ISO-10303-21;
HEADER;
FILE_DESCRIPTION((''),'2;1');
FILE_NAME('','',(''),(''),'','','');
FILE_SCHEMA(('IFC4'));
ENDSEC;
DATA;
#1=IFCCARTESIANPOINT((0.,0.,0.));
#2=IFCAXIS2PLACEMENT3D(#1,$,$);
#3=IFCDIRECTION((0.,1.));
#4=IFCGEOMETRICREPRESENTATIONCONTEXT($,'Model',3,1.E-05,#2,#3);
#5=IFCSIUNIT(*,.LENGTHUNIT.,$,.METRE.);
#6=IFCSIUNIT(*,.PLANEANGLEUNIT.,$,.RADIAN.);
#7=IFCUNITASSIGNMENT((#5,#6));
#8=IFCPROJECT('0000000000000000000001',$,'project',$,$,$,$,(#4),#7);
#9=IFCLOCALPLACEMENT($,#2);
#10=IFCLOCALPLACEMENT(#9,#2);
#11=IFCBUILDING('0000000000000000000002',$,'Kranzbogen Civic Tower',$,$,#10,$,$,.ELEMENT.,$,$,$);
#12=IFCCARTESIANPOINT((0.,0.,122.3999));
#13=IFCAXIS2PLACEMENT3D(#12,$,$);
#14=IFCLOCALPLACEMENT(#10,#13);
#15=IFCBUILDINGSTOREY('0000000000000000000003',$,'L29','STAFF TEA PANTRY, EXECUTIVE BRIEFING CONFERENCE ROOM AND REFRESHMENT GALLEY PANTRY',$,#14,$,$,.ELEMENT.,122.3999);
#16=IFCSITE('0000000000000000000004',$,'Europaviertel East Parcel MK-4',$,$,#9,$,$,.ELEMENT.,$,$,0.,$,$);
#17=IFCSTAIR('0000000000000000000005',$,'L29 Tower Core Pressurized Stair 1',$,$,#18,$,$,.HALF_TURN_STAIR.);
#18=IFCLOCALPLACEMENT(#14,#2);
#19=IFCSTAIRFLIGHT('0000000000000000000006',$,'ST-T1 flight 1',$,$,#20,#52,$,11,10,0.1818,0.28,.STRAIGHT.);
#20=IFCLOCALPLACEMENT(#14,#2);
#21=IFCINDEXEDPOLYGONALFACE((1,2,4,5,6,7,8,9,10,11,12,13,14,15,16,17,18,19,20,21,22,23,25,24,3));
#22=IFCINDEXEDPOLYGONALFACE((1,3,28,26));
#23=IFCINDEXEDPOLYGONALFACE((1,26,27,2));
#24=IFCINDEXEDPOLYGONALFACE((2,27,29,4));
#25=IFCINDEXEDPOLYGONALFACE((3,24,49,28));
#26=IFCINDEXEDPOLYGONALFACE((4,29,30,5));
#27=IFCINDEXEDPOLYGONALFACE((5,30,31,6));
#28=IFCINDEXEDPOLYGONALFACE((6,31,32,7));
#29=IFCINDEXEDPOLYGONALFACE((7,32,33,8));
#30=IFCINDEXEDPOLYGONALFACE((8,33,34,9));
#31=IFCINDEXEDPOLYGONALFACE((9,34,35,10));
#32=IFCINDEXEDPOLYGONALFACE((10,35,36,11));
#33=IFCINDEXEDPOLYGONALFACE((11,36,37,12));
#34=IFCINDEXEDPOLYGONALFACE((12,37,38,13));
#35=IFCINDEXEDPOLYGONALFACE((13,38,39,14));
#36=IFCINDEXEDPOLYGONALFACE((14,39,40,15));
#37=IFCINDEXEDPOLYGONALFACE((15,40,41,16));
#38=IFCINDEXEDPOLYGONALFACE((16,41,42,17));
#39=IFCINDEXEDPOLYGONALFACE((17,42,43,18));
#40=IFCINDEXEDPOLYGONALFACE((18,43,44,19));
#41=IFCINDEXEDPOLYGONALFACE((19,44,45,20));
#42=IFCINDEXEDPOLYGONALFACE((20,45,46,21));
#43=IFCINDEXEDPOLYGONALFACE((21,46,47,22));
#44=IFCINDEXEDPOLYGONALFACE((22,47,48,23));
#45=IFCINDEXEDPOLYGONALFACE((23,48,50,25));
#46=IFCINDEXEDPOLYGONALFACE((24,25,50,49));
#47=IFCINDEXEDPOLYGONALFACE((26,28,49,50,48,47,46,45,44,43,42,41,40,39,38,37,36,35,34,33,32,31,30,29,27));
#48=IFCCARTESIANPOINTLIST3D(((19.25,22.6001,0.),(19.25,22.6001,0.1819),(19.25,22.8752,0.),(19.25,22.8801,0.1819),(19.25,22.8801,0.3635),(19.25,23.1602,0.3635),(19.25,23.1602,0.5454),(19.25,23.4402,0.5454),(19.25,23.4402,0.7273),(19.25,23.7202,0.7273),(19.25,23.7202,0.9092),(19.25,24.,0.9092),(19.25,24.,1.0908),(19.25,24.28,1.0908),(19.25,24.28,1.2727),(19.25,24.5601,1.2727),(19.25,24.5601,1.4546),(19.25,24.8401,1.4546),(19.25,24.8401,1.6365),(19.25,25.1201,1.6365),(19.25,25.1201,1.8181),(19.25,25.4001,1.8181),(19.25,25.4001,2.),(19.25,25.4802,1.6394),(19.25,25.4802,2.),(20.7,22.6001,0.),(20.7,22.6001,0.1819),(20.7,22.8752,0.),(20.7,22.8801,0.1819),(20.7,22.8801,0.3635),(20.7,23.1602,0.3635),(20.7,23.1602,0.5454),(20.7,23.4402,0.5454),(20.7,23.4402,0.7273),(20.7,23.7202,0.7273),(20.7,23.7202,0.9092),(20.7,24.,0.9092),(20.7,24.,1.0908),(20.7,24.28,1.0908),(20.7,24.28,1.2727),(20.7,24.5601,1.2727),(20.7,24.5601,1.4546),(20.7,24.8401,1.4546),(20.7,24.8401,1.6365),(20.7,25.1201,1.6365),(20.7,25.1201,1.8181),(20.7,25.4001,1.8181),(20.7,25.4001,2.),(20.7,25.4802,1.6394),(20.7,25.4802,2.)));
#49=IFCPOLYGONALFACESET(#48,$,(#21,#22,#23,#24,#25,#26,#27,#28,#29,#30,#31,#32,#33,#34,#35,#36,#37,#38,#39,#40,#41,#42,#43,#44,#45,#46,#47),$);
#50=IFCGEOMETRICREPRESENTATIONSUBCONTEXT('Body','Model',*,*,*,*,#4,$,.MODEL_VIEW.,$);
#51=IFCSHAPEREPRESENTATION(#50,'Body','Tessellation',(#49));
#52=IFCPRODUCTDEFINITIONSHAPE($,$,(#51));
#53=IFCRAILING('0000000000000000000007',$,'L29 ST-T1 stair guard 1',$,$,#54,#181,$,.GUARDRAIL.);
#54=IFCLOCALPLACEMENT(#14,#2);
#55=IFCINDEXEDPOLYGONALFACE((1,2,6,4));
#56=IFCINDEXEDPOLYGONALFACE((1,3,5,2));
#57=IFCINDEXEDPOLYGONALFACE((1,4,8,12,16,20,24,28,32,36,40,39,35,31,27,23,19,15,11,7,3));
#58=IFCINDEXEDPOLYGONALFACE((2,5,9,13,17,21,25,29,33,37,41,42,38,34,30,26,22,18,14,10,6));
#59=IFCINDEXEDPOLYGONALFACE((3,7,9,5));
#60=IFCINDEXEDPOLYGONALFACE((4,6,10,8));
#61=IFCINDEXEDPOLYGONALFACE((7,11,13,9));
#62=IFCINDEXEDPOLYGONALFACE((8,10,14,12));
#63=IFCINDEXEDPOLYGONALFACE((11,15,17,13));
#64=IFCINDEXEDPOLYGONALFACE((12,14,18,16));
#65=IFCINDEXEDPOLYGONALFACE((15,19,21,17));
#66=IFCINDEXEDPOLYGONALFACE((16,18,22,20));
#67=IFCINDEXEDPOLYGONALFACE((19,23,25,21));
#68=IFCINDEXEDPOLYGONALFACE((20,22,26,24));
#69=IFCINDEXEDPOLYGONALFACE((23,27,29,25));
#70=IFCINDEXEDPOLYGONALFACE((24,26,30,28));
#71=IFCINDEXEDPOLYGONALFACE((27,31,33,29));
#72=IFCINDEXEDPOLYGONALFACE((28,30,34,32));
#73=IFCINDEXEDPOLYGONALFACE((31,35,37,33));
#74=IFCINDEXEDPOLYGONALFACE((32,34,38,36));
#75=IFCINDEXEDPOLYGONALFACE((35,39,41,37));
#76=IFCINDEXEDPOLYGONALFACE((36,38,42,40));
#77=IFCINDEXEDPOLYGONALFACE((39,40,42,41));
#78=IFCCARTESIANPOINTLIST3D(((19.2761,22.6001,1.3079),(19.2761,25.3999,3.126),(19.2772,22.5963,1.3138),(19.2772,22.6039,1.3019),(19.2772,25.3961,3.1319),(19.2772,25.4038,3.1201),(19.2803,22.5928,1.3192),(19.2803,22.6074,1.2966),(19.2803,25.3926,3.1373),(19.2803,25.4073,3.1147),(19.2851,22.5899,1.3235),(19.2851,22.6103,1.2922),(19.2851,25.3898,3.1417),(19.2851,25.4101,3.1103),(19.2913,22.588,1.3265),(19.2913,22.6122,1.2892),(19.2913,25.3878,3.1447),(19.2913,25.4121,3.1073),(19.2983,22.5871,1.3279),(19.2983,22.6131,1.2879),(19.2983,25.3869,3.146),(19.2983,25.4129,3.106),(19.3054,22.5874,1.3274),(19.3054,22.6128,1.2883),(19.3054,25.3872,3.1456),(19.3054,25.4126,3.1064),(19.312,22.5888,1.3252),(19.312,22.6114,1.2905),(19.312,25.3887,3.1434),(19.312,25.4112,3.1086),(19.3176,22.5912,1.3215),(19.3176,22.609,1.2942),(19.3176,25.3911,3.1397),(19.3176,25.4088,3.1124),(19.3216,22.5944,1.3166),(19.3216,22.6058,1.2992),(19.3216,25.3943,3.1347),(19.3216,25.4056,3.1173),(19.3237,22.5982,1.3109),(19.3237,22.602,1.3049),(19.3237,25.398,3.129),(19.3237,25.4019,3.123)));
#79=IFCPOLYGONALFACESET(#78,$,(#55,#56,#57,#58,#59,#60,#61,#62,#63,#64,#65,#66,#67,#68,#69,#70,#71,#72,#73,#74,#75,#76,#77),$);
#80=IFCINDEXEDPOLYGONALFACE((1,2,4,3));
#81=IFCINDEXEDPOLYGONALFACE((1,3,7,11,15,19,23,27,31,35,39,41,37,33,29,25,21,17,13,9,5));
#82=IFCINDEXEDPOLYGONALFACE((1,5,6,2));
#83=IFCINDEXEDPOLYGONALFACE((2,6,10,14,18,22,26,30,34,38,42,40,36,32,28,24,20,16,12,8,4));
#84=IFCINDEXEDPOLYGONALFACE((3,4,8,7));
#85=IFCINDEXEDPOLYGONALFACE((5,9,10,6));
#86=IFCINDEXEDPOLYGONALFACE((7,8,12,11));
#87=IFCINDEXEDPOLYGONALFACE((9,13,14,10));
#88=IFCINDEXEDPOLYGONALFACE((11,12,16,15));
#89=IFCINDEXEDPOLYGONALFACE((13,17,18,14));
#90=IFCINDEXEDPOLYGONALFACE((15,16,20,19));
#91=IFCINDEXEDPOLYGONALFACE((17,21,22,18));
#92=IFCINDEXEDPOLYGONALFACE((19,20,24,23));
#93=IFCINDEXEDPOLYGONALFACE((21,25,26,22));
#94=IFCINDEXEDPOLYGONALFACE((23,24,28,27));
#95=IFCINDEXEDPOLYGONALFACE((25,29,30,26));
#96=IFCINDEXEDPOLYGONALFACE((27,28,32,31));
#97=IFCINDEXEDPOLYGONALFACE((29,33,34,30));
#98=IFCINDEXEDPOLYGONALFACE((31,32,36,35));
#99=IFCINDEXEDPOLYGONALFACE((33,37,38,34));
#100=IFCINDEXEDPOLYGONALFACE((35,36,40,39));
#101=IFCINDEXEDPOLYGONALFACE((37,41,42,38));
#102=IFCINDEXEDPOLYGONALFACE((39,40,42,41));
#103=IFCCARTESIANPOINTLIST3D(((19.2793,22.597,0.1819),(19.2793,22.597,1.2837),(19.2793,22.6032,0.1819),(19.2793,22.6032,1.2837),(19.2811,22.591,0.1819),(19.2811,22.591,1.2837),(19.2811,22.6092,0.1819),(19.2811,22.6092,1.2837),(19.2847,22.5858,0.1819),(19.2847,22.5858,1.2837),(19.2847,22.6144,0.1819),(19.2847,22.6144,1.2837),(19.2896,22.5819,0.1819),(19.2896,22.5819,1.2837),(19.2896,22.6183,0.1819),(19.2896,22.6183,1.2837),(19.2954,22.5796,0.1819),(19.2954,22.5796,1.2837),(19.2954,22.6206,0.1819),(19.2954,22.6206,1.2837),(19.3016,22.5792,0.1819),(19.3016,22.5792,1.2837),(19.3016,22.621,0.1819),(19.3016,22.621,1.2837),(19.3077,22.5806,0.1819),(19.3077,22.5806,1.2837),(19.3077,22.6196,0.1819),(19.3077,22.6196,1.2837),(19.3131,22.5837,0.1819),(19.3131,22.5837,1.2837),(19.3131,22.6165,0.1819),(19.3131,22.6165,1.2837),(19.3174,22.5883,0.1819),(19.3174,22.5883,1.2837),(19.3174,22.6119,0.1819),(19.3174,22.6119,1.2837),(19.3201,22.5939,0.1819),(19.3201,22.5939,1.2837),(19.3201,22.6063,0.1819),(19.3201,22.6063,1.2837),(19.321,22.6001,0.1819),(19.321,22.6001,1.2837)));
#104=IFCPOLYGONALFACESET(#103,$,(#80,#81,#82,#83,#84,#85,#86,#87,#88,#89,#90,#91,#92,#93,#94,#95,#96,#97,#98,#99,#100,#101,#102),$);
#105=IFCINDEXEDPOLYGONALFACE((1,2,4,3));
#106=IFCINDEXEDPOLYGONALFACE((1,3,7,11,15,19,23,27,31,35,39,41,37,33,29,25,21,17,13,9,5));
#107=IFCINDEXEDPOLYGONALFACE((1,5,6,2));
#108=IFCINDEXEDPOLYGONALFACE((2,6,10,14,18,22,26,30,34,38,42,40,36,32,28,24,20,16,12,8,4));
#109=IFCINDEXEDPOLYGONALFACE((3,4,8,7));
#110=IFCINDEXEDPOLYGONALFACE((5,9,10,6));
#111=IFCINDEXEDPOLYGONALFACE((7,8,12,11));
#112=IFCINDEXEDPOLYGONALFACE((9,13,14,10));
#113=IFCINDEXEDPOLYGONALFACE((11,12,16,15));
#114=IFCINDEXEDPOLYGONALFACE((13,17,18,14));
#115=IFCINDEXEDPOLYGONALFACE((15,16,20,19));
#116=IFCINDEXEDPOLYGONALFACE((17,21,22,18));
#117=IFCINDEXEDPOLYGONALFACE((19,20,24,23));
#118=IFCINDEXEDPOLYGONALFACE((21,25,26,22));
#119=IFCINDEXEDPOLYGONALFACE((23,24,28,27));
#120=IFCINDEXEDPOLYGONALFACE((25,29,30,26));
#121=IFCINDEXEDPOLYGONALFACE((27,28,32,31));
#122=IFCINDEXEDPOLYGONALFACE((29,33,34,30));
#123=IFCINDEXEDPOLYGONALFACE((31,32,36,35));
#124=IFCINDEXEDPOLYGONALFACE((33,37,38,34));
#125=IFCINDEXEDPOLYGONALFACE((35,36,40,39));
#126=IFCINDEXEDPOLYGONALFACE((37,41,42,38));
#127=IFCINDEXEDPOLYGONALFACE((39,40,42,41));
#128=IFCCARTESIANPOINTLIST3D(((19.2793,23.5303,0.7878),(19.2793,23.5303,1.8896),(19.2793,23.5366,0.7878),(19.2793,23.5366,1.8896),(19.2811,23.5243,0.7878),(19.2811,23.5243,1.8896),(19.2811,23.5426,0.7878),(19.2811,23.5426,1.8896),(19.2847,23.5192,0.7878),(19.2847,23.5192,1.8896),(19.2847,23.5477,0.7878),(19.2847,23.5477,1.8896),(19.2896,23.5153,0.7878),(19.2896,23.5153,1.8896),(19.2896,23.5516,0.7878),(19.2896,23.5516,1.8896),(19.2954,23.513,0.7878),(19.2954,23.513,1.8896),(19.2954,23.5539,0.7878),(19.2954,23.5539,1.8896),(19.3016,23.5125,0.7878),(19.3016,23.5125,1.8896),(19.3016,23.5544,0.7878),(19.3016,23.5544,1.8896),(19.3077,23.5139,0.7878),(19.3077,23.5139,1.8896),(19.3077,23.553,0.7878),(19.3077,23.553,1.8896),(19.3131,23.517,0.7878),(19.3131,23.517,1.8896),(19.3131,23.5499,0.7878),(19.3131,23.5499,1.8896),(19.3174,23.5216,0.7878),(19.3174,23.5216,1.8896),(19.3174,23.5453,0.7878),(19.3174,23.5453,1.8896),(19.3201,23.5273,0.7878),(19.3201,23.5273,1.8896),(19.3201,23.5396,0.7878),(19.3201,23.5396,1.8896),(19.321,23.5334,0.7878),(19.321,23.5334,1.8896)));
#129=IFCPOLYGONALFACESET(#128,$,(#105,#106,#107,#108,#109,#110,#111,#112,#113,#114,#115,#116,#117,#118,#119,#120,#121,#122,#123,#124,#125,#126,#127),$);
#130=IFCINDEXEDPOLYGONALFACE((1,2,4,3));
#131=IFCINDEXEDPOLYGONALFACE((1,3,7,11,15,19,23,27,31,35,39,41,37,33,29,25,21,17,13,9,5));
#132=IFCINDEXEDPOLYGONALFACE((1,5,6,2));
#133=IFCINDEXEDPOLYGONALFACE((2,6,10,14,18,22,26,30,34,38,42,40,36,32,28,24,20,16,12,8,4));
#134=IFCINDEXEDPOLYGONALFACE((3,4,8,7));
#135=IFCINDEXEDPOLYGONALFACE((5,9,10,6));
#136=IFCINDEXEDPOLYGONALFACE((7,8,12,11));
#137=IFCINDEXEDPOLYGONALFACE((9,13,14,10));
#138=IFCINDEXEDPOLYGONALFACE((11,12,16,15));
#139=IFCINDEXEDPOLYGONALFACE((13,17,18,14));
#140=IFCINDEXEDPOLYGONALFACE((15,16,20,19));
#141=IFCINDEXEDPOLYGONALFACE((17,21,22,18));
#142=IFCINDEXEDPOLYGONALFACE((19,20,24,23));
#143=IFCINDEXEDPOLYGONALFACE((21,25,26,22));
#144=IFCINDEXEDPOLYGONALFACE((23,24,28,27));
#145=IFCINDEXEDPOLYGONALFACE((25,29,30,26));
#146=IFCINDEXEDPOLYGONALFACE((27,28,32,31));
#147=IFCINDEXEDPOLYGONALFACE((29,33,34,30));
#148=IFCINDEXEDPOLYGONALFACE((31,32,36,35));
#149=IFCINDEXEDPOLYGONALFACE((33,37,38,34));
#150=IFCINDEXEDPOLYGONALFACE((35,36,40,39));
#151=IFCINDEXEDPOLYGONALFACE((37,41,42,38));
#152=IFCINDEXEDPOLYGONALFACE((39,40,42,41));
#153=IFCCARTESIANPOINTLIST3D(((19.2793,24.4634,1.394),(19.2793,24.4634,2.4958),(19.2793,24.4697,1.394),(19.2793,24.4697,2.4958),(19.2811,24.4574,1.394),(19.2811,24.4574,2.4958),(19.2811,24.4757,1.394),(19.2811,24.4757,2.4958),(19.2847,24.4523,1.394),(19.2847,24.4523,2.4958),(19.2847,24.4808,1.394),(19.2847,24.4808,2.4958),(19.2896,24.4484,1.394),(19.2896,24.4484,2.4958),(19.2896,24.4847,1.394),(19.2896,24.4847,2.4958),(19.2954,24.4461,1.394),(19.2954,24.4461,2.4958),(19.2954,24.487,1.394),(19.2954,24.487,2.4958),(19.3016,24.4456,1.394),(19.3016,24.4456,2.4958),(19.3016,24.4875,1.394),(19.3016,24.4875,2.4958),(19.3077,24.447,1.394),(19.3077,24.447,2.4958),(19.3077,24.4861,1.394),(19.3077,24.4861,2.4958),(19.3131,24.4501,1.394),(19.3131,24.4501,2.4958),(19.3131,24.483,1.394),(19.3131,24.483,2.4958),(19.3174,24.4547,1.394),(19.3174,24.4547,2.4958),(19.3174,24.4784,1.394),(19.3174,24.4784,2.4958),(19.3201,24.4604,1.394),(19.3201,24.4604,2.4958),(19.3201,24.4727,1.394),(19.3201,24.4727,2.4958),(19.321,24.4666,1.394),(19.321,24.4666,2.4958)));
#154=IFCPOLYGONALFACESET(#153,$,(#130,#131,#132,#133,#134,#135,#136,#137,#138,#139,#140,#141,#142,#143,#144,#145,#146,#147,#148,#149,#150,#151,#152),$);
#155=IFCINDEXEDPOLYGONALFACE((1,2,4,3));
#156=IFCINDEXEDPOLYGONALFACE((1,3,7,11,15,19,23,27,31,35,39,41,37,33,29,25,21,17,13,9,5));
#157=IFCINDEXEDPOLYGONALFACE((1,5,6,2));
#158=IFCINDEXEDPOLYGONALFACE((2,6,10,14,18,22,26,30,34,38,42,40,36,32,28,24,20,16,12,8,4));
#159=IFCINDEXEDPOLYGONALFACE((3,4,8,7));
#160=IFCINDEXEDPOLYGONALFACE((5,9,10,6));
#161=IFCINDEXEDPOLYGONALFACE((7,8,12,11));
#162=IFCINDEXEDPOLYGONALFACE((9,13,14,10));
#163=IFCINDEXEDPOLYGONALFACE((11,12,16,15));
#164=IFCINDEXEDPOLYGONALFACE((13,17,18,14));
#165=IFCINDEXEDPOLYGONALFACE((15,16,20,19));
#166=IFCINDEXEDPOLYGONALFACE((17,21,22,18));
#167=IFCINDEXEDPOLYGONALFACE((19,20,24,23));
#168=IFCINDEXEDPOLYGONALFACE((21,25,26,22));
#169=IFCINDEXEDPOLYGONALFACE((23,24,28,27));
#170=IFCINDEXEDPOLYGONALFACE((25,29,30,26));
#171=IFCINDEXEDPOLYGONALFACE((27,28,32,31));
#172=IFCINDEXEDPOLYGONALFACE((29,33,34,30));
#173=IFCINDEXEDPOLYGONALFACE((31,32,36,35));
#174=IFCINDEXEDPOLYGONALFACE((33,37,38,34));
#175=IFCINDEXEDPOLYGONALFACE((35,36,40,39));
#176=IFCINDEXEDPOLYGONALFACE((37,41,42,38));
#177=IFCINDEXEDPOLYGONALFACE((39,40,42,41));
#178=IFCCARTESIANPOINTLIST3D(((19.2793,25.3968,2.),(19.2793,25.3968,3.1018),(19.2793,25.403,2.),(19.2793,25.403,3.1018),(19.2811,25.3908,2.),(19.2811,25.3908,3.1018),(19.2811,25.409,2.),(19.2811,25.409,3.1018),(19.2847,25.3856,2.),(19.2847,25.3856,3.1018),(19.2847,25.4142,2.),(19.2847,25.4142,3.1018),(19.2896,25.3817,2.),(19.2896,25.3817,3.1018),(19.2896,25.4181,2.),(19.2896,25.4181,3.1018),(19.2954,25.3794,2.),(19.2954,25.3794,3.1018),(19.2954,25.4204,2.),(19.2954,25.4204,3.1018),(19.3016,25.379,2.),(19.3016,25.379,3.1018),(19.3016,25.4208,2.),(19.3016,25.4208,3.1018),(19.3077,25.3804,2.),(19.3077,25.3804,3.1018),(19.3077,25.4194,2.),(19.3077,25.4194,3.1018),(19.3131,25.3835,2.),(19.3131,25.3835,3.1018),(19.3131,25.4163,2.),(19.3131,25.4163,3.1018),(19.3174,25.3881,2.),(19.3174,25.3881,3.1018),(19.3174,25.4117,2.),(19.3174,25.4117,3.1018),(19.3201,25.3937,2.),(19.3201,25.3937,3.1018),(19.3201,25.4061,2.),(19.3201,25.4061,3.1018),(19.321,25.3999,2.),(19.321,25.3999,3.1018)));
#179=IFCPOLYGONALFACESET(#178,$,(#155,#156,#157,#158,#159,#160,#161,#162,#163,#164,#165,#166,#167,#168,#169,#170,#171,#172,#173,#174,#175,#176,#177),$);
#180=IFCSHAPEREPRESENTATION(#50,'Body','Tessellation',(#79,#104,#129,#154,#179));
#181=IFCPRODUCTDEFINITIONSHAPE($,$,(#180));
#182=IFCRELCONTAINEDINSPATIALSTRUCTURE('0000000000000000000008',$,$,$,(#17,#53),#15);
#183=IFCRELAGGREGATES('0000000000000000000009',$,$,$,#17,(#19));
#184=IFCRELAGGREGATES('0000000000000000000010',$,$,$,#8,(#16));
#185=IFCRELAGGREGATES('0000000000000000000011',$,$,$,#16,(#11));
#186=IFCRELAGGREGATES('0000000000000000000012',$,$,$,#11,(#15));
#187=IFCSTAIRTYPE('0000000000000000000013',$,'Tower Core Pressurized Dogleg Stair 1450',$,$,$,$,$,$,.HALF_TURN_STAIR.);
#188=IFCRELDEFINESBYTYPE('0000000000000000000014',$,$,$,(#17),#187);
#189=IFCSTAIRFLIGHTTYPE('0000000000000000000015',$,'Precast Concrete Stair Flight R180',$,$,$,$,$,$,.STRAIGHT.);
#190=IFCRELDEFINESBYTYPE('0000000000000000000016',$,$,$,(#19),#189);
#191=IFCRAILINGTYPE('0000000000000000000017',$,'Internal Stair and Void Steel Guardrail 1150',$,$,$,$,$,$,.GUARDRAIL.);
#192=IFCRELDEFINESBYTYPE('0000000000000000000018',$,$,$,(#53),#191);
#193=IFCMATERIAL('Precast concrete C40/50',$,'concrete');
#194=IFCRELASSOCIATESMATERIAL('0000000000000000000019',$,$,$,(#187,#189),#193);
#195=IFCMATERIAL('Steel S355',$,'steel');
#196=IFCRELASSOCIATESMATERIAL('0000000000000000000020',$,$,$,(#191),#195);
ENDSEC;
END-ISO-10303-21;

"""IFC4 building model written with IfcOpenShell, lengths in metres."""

from ifc_helpers import new_model, si_unit, direction, frame, origin, origin_2d, place, context, subcontext, project, spatial, polyline, circle, outline, extrude, material, type_object, element, aggregate, save


model = new_model("IFC4")

# Units and contexts
model_context = context("Model", 3, precision=1e-05, world=origin(), true_north=direction((0.0, 1.0)))
body_context = subcontext(model_context, "Body", "Model", "MODEL_VIEW")
ifc_project = project(units=[si_unit("LENGTHUNIT", "METRE"), si_unit("PLANEANGLEUNIT", "RADIAN")], contexts=[model_context])

# Site, building, storey
site_placement = place(None, origin())
site = spatial("IfcSite", under=ifc_project, at=site_placement, Name="Europaviertel East Parcel MK-4", CompositionType="ELEMENT", RefElevation=0.0)
building_placement = place(site_placement, origin())
building = spatial("IfcBuilding", under=site, at=building_placement, Name="Kranzbogen Civic Tower", CompositionType="ELEMENT")
storey_placement = place(building_placement, frame((0.0, 0.0, 122.3999)))
storey = spatial("IfcBuildingStorey", under=building, at=storey_placement, Name="L29", Description="STAFF TEA PANTRY, EXECUTIVE BRIEFING CONFERENCE ROOM AND REFRESHMENT GALLEY PANTRY", CompositionType="ELEMENT", Elevation=122.3999)

# Shared definitions
ifc_material_1 = material(Name="Steel S355", Category="steel")

# Stair, stair flight
ifc_material_2 = material(Name="Precast concrete C40/50", Category="concrete")
stair_type = type_object("IfcStairType", Name="Tower Core Pressurized Dogleg Stair 1450", PredefinedType="HALF_TURN_STAIR", material=ifc_material_2)
stair_placement = place(storey_placement, origin())
stair = element("IfcStair", 1, at=stair_placement, inside=storey, type_object=stair_type, Name="L29 Tower Core Pressurized Stair 1", PredefinedType="HALF_TURN_STAIR")
stair_flight_type = type_object("IfcStairFlightType", Name="Precast Concrete Stair Flight R180", PredefinedType="STRAIGHT", material=ifc_material_2)
stair_flight_placement = place(storey_placement, frame((19.9751, 22.6001, 0.0), z_axis=(0.0, 0.0, 1.0), x_axis=(0.0, 1.0, 0.0)))
stair_flight = element("IfcStairFlight", 2, at=stair_flight_placement, type_object=stair_flight_type, Name="ST-T1 flight 1", NumberOfRisers=11, NumberOfTreads=10, PredefinedType="STRAIGHT", RiserHeight=0.1818, TreadLength=0.28, context=body_context, shape_type="SweptSolid", body=[
    extrude(outline(polyline([(0.0, 0.0), (0.0, 0.1819), (0.28, 0.1819), (0.28, 0.3635), (0.5601, 0.3635), (0.5601, 0.5454), (0.8401, 0.5454), (0.8401, 0.7273), (1.1201, 0.7273), (1.1201, 0.9092), (1.3999, 0.9092), (1.3999, 1.0908), (1.6799, 1.0908), (1.6799, 1.2727), (1.96, 1.2727), (1.96, 1.4546), (2.24, 1.4546), (2.24, 1.6365), (2.52, 1.6365), (2.52, 1.8181), (2.8, 1.8181), (2.8, 2.0), (2.8801, 2.0), (2.8801, 1.6394), (0.2751, 0.0), (0.0, 0.0)])), frame((0.0, 0.7251, 0.0), z_axis=(0.0, -1.0, 0.0), x_axis=(1.0, 0.0, 0.0)), (0.0, 0.0, 1.0), 1.45),
])
aggregate(stair, [stair_flight])

# Railing
railing_type_1 = type_object("IfcRailingType", Name="Internal Stair and Void Steel Guardrail 1150", PredefinedType="GUARDRAIL", material=ifc_material_1)
railing_1_placement = place(storey_placement, frame((19.3, 22.6001, 0.1819)))
element("IfcRailing", 3, at=railing_1_placement, inside=storey, type_object=railing_type_1, Name="L29 ST-T1 stair guard 1", PredefinedType="GUARDRAIL", context=body_context, shape_type="SweptSolid", body=[
    extrude(circle(Radius=0.0239, at=origin_2d()), frame((0.0, 0.0, 1.126), z_axis=(0.0, 0.838684, 0.544618), x_axis=(-1.0, 0.0, 0.0)), (0.0, 0.0, 1.0), 3.3384),
    extrude(circle(Radius=0.021, at=origin_2d()), origin(), (0.0, 0.0, 1.0), 1.1018),
    extrude(circle(Radius=0.021, at=origin_2d()), frame((0.0, 0.9333, 0.606)), (0.0, 0.0, 1.0), 1.1018),
    extrude(circle(Radius=0.021, at=origin_2d()), frame((0.0, 1.8665, 1.2122)), (0.0, 0.0, 1.0), 1.1018),
    extrude(circle(Radius=0.021, at=origin_2d()), frame((0.0, 2.7998, 1.8181)), (0.0, 0.0, 1.0), 1.1018),
])

save(model, "model.ifc")
